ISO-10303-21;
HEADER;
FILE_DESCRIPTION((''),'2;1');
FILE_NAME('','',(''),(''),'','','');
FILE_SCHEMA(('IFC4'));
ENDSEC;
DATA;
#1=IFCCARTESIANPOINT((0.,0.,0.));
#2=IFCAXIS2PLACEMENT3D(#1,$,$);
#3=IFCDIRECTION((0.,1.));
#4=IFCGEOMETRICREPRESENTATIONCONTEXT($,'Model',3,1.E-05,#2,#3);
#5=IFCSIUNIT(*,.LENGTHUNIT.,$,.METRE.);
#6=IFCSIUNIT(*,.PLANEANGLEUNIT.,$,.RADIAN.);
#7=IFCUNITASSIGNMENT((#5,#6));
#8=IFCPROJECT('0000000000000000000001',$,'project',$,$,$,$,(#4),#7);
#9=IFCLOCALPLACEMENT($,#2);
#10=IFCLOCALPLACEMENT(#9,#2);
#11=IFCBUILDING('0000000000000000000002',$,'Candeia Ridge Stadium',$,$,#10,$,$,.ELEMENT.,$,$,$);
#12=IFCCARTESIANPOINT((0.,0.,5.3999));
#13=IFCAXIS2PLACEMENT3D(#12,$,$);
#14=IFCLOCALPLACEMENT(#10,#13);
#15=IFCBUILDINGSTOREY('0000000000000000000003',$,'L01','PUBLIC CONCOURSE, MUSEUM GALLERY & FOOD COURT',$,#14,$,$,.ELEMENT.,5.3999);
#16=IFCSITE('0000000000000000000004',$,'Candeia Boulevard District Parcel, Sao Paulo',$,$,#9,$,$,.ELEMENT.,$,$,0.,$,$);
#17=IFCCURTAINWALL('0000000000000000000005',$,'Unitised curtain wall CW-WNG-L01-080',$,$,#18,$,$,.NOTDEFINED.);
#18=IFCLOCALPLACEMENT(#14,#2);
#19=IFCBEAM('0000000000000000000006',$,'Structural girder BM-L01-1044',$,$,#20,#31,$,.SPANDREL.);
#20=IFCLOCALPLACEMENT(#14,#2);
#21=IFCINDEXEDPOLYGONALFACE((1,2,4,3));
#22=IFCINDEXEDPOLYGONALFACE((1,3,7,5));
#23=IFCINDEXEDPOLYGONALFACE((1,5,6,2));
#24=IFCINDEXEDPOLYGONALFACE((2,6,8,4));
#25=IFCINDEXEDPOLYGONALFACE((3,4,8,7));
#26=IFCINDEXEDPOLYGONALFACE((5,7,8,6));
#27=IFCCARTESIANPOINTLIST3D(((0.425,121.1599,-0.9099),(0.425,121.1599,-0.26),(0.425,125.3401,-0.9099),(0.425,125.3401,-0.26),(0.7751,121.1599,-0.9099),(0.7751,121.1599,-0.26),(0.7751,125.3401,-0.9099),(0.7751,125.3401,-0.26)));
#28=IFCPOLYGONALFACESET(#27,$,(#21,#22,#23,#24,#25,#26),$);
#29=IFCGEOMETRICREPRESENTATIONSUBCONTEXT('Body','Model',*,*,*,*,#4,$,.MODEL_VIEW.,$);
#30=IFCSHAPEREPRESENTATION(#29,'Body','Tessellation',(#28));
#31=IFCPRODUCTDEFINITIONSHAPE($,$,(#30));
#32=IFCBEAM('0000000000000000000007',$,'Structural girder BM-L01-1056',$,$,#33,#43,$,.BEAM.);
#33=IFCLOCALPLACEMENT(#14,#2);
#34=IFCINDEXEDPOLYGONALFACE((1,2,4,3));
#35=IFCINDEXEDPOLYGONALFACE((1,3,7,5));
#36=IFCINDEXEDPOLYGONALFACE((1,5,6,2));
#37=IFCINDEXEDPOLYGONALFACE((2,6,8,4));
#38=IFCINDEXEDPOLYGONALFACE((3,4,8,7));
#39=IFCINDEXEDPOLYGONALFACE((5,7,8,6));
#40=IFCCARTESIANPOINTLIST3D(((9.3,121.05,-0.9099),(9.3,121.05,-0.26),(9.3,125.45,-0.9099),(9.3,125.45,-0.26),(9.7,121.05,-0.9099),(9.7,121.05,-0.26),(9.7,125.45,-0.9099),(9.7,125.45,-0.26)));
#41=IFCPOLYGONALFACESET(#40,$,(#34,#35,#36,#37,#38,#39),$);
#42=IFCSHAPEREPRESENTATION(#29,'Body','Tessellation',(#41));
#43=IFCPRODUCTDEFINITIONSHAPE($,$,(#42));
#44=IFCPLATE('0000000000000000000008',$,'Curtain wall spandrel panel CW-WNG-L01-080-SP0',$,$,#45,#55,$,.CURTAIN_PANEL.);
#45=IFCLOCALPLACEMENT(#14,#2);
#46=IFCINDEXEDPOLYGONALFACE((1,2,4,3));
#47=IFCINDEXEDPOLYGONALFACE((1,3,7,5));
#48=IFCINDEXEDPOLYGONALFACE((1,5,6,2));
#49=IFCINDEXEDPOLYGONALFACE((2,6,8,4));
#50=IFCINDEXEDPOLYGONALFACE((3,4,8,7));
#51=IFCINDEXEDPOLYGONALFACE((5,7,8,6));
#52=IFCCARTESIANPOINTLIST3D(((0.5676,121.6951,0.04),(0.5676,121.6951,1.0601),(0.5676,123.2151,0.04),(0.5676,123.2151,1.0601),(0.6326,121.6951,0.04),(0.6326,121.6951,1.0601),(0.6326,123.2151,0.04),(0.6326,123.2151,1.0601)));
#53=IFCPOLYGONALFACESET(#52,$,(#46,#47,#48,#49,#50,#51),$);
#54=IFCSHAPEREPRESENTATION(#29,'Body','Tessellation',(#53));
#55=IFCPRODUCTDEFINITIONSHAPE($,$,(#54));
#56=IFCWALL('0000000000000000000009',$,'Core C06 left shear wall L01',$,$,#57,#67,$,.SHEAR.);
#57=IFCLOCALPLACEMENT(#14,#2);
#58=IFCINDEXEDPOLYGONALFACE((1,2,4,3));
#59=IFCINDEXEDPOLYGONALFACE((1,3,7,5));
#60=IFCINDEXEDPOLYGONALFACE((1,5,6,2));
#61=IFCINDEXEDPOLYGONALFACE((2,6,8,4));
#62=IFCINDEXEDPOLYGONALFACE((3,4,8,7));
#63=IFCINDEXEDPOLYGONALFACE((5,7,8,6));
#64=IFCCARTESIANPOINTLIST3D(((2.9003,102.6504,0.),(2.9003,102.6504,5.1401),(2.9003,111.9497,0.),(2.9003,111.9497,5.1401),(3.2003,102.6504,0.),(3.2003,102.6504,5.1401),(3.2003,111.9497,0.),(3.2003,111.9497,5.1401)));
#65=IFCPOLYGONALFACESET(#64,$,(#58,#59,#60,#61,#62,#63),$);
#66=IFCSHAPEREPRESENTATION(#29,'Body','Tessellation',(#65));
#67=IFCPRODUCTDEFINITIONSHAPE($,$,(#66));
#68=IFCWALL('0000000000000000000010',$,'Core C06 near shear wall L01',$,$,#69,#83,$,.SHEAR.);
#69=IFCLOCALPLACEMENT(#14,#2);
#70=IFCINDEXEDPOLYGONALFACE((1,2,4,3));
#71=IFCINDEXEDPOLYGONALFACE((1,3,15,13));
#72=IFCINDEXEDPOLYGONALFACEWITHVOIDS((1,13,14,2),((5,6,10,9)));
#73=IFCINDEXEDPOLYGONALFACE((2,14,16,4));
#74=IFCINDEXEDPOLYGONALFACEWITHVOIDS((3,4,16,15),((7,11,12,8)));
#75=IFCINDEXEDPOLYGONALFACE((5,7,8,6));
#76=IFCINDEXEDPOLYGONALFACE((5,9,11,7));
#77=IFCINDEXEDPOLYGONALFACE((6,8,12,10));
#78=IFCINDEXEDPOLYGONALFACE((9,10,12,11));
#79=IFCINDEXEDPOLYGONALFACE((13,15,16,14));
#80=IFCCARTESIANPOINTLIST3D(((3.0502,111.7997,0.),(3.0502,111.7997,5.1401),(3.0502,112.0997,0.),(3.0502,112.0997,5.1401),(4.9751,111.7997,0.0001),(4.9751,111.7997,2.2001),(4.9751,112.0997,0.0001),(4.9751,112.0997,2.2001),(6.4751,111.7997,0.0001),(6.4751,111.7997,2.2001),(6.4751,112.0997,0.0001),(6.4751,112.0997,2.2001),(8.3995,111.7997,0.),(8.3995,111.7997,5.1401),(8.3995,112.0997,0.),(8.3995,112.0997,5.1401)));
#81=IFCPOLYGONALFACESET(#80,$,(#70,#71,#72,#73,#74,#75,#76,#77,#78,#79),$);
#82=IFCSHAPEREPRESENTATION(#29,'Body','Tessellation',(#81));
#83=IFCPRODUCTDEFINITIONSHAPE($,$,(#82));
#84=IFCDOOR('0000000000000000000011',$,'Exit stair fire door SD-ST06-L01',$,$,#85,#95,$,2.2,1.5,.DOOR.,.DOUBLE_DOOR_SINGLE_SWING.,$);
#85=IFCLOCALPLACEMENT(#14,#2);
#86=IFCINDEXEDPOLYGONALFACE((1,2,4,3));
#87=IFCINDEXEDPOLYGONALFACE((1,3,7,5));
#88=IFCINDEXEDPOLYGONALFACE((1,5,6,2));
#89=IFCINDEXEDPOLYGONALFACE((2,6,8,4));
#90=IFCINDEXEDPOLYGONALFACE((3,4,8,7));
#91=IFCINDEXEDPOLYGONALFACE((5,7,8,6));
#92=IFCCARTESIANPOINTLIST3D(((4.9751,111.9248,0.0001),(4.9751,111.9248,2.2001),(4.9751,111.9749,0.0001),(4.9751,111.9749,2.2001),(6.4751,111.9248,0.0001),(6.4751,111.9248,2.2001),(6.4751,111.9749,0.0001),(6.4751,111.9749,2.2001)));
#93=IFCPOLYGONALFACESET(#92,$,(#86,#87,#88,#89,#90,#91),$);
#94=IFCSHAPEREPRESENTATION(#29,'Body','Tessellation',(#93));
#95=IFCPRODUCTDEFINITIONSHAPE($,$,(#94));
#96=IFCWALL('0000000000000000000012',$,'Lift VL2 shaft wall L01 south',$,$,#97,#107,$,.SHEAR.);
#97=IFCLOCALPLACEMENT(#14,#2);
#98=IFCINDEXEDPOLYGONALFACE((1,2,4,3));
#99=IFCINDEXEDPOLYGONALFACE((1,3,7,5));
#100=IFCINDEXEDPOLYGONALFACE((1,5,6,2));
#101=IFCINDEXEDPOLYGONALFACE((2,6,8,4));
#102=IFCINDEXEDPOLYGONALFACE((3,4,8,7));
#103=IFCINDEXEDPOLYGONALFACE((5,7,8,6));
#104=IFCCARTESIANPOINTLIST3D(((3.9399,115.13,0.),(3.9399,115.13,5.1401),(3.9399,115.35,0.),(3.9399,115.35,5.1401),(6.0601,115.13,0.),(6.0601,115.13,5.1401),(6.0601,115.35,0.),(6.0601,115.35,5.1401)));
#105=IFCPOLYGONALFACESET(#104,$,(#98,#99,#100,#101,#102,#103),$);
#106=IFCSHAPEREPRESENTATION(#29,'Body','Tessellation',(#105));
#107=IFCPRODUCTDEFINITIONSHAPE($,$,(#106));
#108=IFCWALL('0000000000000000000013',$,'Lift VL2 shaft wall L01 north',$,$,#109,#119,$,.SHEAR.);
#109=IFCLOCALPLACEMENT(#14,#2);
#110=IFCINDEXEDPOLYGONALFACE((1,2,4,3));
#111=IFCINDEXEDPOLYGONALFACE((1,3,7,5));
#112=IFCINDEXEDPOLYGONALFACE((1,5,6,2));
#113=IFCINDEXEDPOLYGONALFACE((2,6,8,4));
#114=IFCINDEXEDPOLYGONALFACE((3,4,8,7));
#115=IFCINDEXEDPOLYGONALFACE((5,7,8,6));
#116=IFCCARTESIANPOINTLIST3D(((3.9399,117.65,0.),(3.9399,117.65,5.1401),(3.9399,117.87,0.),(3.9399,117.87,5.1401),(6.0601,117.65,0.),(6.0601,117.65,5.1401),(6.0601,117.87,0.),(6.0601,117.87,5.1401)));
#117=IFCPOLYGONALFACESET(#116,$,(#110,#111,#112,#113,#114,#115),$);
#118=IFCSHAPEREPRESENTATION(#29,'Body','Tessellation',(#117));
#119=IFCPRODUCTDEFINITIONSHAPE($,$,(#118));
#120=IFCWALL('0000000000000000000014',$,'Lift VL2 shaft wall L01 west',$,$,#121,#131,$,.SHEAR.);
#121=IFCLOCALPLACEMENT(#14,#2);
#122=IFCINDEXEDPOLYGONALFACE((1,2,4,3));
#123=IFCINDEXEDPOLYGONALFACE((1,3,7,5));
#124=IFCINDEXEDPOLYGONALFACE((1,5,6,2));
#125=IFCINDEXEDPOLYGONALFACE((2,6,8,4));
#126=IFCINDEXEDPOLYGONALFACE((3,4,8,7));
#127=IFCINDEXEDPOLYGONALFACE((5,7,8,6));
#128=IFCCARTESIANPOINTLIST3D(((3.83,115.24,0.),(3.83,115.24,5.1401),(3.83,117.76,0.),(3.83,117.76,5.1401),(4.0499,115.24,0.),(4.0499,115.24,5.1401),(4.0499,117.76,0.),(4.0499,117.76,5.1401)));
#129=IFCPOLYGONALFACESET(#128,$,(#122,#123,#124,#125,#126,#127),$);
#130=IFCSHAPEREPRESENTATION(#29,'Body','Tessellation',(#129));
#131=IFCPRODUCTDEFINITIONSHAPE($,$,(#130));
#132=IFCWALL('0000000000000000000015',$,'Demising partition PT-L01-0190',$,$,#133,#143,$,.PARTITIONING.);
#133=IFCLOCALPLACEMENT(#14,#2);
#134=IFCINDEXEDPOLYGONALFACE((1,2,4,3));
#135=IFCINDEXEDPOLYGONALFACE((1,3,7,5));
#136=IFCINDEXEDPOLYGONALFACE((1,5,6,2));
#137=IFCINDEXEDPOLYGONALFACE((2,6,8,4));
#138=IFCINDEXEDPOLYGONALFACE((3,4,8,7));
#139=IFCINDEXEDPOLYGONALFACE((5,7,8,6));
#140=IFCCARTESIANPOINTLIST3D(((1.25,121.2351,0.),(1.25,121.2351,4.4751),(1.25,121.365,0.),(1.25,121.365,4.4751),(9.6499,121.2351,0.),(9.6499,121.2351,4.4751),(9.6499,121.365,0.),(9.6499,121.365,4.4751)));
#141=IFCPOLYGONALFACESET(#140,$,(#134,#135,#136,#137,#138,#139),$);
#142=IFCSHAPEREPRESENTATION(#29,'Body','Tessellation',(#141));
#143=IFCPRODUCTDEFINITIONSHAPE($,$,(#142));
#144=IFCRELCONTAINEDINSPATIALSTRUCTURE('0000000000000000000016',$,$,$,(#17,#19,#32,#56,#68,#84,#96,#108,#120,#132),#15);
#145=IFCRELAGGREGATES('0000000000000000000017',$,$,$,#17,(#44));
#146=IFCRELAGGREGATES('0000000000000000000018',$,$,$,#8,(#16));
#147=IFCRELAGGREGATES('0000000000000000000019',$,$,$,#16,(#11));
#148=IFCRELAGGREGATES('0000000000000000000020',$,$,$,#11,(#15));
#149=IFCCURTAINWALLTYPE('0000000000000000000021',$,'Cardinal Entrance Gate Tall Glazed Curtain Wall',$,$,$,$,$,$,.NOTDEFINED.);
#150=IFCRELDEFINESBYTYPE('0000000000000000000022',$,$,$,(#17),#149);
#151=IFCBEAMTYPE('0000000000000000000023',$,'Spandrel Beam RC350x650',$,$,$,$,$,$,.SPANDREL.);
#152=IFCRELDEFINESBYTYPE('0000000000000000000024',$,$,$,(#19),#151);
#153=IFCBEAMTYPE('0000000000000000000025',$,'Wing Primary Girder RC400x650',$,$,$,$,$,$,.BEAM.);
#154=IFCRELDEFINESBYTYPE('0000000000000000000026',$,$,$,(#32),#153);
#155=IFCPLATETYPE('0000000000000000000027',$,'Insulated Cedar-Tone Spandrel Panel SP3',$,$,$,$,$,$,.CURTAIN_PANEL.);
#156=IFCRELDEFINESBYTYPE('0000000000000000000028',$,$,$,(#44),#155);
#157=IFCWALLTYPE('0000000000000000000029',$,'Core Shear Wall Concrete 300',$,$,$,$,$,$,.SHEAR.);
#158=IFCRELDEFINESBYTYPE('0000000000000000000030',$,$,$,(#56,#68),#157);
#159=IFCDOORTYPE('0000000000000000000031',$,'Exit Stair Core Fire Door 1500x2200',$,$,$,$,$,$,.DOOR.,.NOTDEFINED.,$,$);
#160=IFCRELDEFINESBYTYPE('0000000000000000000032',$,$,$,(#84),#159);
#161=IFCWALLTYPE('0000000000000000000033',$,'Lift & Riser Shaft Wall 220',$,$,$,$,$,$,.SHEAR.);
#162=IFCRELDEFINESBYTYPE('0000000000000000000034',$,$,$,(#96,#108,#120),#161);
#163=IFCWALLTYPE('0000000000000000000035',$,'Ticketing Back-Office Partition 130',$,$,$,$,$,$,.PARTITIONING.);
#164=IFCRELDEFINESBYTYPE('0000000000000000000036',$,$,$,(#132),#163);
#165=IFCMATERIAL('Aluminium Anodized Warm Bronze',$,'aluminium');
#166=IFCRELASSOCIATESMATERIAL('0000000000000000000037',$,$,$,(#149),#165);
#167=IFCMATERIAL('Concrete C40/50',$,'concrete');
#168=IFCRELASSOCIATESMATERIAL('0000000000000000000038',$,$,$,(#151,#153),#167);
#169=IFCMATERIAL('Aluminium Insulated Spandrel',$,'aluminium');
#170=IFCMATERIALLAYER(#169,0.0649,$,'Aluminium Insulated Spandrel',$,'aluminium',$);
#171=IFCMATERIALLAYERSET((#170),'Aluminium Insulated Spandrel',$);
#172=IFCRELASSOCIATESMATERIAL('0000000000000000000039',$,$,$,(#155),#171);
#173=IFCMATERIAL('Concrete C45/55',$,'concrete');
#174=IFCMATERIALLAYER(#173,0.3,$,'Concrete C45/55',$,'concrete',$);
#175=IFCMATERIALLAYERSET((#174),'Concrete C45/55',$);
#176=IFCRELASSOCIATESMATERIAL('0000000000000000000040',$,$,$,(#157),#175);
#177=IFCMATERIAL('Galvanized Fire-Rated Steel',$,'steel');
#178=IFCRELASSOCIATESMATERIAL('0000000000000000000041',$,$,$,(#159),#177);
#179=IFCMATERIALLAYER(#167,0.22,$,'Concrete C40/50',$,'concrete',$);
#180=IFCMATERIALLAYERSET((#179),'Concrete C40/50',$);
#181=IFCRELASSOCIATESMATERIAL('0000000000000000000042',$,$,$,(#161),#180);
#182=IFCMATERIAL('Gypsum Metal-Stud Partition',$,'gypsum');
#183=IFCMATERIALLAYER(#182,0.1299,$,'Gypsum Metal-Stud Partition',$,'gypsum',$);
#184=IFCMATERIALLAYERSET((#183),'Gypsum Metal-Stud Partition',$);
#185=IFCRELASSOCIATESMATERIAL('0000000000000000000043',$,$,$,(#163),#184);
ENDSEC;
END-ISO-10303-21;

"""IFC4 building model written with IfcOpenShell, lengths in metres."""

from ifc_helpers import new_model, si_unit, direction, frame, frame_2d, origin, origin_2d, place, context, subcontext, project, spatial, rectangle, extrude, material, layer, layer_set, material_profile, profile_set, type_object, element, fill, aggregate, save


model = new_model("IFC4")

# Units and contexts
model_context = context("Model", 3, precision=1e-05, world=origin(), true_north=direction((0.0, 1.0)))
body_context = subcontext(model_context, "Body", "Model", "MODEL_VIEW")
ifc_project = project(units=[si_unit("LENGTHUNIT", "METRE"), si_unit("PLANEANGLEUNIT", "RADIAN")], contexts=[model_context])

# Site, building, storey
site_placement = place(None, origin())
site = spatial("IfcSite", under=ifc_project, at=site_placement, Name="Candeia Boulevard District Parcel, Sao Paulo", CompositionType="ELEMENT", RefElevation=0.0)
building_placement = place(site_placement, origin())
building = spatial("IfcBuilding", under=site, at=building_placement, Name="Candeia Ridge Stadium", CompositionType="ELEMENT")
storey_placement = place(building_placement, frame((0.0, 0.0, 5.3999)))
storey = spatial("IfcBuildingStorey", under=building, at=storey_placement, Name="L01", Description="PUBLIC CONCOURSE, MUSEUM GALLERY & FOOD COURT", CompositionType="ELEMENT", Elevation=5.3999)

# Shared definitions
ifc_material_1 = material(Name="Concrete C40/50", Category="concrete")
ifc_material_2 = material(Name="Concrete C45/55", Category="concrete")

# Curtain wall
ifc_material_3 = material(Name="Aluminium Anodized Warm Bronze", Category="aluminium")
curtain_wall_type = type_object("IfcCurtainWallType", Name="Cardinal Entrance Gate Tall Glazed Curtain Wall", PredefinedType="NOTDEFINED", material=ifc_material_3)
curtain_wall_placement = place(storey_placement, origin())
curtain_wall = element("IfcCurtainWall", 1, at=curtain_wall_placement, inside=storey, type_object=curtain_wall_type, Name="Unitised curtain wall CW-WNG-L01-080", PredefinedType="NOTDEFINED")

# Beams
ifc_material_profile_1 = material_profile(ifc_material_1, rectangle(XDim=0.3501, YDim=0.6499, at=origin_2d()), Name="RC350x650", Category="concrete")
ifc_profile_set_1 = profile_set([ifc_material_profile_1], Name="Concrete C40/50")
beam_type_1 = type_object("IfcBeamType", Name="Spandrel Beam RC350x650", PredefinedType="SPANDREL", material=ifc_profile_set_1)
beam_1_placement = place(storey_placement, frame((0.6001, 121.1599, -0.585), z_axis=(0.0, 1.0, 0.0), x_axis=(-1.0, 0.0, 0.0)))
element("IfcBeam", 2, at=beam_1_placement, inside=storey, type_object=beam_type_1, Name="Structural girder BM-L01-1044", PredefinedType="SPANDREL", context=body_context, shape_type="SweptSolid", body=[
    extrude(rectangle(XDim=0.3501, YDim=0.6499, at=origin_2d()), origin(), (0.0, 0.0, 1.0), 4.1802),
])
ifc_material_profile_2 = material_profile(ifc_material_1, rectangle(XDim=0.3999, YDim=0.6499, at=origin_2d()), Name="RC400x650", Category="concrete")
ifc_profile_set_2 = profile_set([ifc_material_profile_2], Name="Concrete C40/50")
beam_type_2 = type_object("IfcBeamType", Name="Wing Primary Girder RC400x650", PredefinedType="BEAM", material=ifc_profile_set_2)
beam_2_placement = place(storey_placement, frame((9.5, 121.05, -0.585), z_axis=(0.0, 1.0, 0.0), x_axis=(-1.0, 0.0, 0.0)))
element("IfcBeam", 3, at=beam_2_placement, inside=storey, type_object=beam_type_2, Name="Structural girder BM-L01-1056", PredefinedType="BEAM", context=body_context, shape_type="SweptSolid", body=[
    extrude(rectangle(XDim=0.3999, YDim=0.6499, at=origin_2d()), origin(), (0.0, 0.0, 1.0), 4.3999),
])

# Plate
ifc_material_4 = material(Name="Aluminium Insulated Spandrel", Category="aluminium")
ifc_layer_1 = layer(ifc_material_4, 0.0649, Name="Aluminium Insulated Spandrel", Category="aluminium")
ifc_layer_set_1 = layer_set([ifc_layer_1], Name="Aluminium Insulated Spandrel")
plate_type = type_object("IfcPlateType", Name="Insulated Cedar-Tone Spandrel Panel SP3", PredefinedType="CURTAIN_PANEL", material=ifc_layer_set_1)
plate_placement = place(storey_placement, frame((0.6001, 122.4551, 0.04), z_axis=(0.0, 0.0, 1.0), x_axis=(0.0, 1.0, 0.0)))
plate = element("IfcPlate", 4, at=plate_placement, type_object=plate_type, Name="Curtain wall spandrel panel CW-WNG-L01-080-SP0", PredefinedType="CURTAIN_PANEL", context=body_context, shape_type="SweptSolid", body=[
    extrude(rectangle(XDim=1.52, YDim=0.0649, at=origin_2d()), origin(), (0.0, 0.0, 1.0), 1.02),
])
aggregate(curtain_wall, [plate])

# Wall
ifc_layer_2 = layer(ifc_material_2, 0.3, Name="Concrete C45/55", Category="concrete")
ifc_layer_set_2 = layer_set([ifc_layer_2], Name="Concrete C45/55")
wall_type_1 = type_object("IfcWallType", Name="Core Shear Wall Concrete 300", PredefinedType="SHEAR", material=ifc_layer_set_2)
wall_1_placement = place(storey_placement, frame((3.0503, 111.9497, 0.0), z_axis=(0.0, 0.0, 1.0), x_axis=(0.0, -1.0, 0.0)))
element("IfcWall", 5, at=wall_1_placement, inside=storey, type_object=wall_type_1, Name="Core C06 left shear wall L01", PredefinedType="SHEAR", context=body_context, shape_type="SweptSolid", body=[
    extrude(rectangle(XDim=9.2993, YDim=0.3, at=frame_2d((4.6497, 0.0))), origin(), (0.0, 0.0, 1.0), 5.1401),
])

# Wall, opening, door
wall_2_placement = place(storey_placement, frame((8.3997, 111.9497, 0.0), z_axis=(0.0, 0.0, 1.0), x_axis=(-1.0, 0.0, 0.0)))
wall_2 = element("IfcWall", 6, at=wall_2_placement, inside=storey, type_object=wall_type_1, Name="Core C06 near shear wall L01", PredefinedType="SHEAR", context=body_context, shape_type="SweptSolid", body=[
    extrude(rectangle(XDim=5.3494, YDim=0.3, at=frame_2d((2.6748, 0.0))), origin(), (0.0, 0.0, 1.0), 5.1401),
])
opening_1_placement = place(wall_2_placement, frame((1.9246, 0.0, 0.0)))
opening_1 = element("IfcOpeningElement", 7, at=opening_1_placement, cuts=wall_2, PredefinedType="OPENING", context=body_context, shape_type="SweptSolid", body=[
    extrude(rectangle(XDim=1.5, YDim=2.2, at=frame_2d((0.75, 1.1001))), frame((0.0, 0.1599, 0.0), z_axis=(0.0, -1.0, 0.0), x_axis=(1.0, 0.0, 0.0)), (0.0, 0.0, 1.0), 0.3201),
])
ifc_material_5 = material(Name="Galvanized Fire-Rated Steel", Category="steel")
door_type_1 = type_object("IfcDoorType", Name="Exit Stair Core Fire Door 1500x2200", OperationType="NOTDEFINED", PredefinedType="DOOR", material=ifc_material_5)
door_1_placement = place(opening_1_placement, origin())
door_1 = element("IfcDoor", 8, at=door_1_placement, inside=storey, type_object=door_type_1, Name="Exit stair fire door SD-ST06-L01", OperationType="DOUBLE_DOOR_SINGLE_SWING", OverallHeight=2.2, OverallWidth=1.5, PredefinedType="DOOR", context=body_context, shape_type="SweptSolid", body=[
    extrude(rectangle(XDim=1.5, YDim=2.2, at=frame_2d((0.75, 1.1001))), frame((0.0, 0.0249, 0.0), z_axis=(0.0, -1.0, 0.0), x_axis=(1.0, 0.0, 0.0)), (0.0, 0.0, 1.0), 0.05),
])
fill(opening_1, door_1)

# Wall
ifc_layer_3 = layer(ifc_material_1, 0.22, Name="Concrete C40/50", Category="concrete")
ifc_layer_set_3 = layer_set([ifc_layer_3], Name="Concrete C40/50")
wall_type_2 = type_object("IfcWallType", Name="Lift & Riser Shaft Wall 220", PredefinedType="SHEAR", material=ifc_layer_set_3)
wall_3_placement = place(storey_placement, frame((3.9399, 115.24, 0.0), z_axis=(0.0, 0.0, 1.0), x_axis=(1.0, 0.0, 0.0)))
element("IfcWall", 9, at=wall_3_placement, inside=storey, type_object=wall_type_2, Name="Lift VL2 shaft wall L01 south", PredefinedType="SHEAR", context=body_context, shape_type="SweptSolid", body=[
    extrude(rectangle(XDim=2.1201, YDim=0.22, at=frame_2d((1.0601, 0.0))), origin(), (0.0, 0.0, 1.0), 5.1401),
])

# Walls
wall_4_placement = place(storey_placement, frame((6.0601, 117.76, 0.0), z_axis=(0.0, 0.0, 1.0), x_axis=(-1.0, 0.0, 0.0)))
element("IfcWall", 10, at=wall_4_placement, inside=storey, type_object=wall_type_2, Name="Lift VL2 shaft wall L01 north", PredefinedType="SHEAR", context=body_context, shape_type="SweptSolid", body=[
    extrude(rectangle(XDim=2.1201, YDim=0.22, at=frame_2d((1.0601, 0.0))), origin(), (0.0, 0.0, 1.0), 5.1401),
])
wall_5_placement = place(storey_placement, frame((3.9399, 117.76, 0.0), z_axis=(0.0, 0.0, 1.0), x_axis=(0.0, -1.0, 0.0)))
element("IfcWall", 11, at=wall_5_placement, inside=storey, type_object=wall_type_2, Name="Lift VL2 shaft wall L01 west", PredefinedType="SHEAR", context=body_context, shape_type="SweptSolid", body=[
    extrude(rectangle(XDim=2.52, YDim=0.22, at=frame_2d((1.26, 0.0))), origin(), (0.0, 0.0, 1.0), 5.1401),
])
ifc_material_6 = material(Name="Gypsum Metal-Stud Partition", Category="gypsum")
ifc_layer_4 = layer(ifc_material_6, 0.1299, Name="Gypsum Metal-Stud Partition", Category="gypsum")
ifc_layer_set_4 = layer_set([ifc_layer_4], Name="Gypsum Metal-Stud Partition")
wall_type_3 = type_object("IfcWallType", Name="Ticketing Back-Office Partition 130", PredefinedType="PARTITIONING", material=ifc_layer_set_4)
wall_6_placement = place(storey_placement, frame((1.25, 121.3, 0.0), z_axis=(0.0, 0.0, 1.0), x_axis=(1.0, 0.0, 0.0)))
element("IfcWall", 12, at=wall_6_placement, inside=storey, type_object=wall_type_3, Name="Demising partition PT-L01-0190", PredefinedType="PARTITIONING", context=body_context, shape_type="SweptSolid", body=[
    extrude(rectangle(XDim=8.3999, YDim=0.1299, at=frame_2d((4.2, 0.0))), origin(), (0.0, 0.0, 1.0), 4.4751),
])

save(model, "model.ifc")
